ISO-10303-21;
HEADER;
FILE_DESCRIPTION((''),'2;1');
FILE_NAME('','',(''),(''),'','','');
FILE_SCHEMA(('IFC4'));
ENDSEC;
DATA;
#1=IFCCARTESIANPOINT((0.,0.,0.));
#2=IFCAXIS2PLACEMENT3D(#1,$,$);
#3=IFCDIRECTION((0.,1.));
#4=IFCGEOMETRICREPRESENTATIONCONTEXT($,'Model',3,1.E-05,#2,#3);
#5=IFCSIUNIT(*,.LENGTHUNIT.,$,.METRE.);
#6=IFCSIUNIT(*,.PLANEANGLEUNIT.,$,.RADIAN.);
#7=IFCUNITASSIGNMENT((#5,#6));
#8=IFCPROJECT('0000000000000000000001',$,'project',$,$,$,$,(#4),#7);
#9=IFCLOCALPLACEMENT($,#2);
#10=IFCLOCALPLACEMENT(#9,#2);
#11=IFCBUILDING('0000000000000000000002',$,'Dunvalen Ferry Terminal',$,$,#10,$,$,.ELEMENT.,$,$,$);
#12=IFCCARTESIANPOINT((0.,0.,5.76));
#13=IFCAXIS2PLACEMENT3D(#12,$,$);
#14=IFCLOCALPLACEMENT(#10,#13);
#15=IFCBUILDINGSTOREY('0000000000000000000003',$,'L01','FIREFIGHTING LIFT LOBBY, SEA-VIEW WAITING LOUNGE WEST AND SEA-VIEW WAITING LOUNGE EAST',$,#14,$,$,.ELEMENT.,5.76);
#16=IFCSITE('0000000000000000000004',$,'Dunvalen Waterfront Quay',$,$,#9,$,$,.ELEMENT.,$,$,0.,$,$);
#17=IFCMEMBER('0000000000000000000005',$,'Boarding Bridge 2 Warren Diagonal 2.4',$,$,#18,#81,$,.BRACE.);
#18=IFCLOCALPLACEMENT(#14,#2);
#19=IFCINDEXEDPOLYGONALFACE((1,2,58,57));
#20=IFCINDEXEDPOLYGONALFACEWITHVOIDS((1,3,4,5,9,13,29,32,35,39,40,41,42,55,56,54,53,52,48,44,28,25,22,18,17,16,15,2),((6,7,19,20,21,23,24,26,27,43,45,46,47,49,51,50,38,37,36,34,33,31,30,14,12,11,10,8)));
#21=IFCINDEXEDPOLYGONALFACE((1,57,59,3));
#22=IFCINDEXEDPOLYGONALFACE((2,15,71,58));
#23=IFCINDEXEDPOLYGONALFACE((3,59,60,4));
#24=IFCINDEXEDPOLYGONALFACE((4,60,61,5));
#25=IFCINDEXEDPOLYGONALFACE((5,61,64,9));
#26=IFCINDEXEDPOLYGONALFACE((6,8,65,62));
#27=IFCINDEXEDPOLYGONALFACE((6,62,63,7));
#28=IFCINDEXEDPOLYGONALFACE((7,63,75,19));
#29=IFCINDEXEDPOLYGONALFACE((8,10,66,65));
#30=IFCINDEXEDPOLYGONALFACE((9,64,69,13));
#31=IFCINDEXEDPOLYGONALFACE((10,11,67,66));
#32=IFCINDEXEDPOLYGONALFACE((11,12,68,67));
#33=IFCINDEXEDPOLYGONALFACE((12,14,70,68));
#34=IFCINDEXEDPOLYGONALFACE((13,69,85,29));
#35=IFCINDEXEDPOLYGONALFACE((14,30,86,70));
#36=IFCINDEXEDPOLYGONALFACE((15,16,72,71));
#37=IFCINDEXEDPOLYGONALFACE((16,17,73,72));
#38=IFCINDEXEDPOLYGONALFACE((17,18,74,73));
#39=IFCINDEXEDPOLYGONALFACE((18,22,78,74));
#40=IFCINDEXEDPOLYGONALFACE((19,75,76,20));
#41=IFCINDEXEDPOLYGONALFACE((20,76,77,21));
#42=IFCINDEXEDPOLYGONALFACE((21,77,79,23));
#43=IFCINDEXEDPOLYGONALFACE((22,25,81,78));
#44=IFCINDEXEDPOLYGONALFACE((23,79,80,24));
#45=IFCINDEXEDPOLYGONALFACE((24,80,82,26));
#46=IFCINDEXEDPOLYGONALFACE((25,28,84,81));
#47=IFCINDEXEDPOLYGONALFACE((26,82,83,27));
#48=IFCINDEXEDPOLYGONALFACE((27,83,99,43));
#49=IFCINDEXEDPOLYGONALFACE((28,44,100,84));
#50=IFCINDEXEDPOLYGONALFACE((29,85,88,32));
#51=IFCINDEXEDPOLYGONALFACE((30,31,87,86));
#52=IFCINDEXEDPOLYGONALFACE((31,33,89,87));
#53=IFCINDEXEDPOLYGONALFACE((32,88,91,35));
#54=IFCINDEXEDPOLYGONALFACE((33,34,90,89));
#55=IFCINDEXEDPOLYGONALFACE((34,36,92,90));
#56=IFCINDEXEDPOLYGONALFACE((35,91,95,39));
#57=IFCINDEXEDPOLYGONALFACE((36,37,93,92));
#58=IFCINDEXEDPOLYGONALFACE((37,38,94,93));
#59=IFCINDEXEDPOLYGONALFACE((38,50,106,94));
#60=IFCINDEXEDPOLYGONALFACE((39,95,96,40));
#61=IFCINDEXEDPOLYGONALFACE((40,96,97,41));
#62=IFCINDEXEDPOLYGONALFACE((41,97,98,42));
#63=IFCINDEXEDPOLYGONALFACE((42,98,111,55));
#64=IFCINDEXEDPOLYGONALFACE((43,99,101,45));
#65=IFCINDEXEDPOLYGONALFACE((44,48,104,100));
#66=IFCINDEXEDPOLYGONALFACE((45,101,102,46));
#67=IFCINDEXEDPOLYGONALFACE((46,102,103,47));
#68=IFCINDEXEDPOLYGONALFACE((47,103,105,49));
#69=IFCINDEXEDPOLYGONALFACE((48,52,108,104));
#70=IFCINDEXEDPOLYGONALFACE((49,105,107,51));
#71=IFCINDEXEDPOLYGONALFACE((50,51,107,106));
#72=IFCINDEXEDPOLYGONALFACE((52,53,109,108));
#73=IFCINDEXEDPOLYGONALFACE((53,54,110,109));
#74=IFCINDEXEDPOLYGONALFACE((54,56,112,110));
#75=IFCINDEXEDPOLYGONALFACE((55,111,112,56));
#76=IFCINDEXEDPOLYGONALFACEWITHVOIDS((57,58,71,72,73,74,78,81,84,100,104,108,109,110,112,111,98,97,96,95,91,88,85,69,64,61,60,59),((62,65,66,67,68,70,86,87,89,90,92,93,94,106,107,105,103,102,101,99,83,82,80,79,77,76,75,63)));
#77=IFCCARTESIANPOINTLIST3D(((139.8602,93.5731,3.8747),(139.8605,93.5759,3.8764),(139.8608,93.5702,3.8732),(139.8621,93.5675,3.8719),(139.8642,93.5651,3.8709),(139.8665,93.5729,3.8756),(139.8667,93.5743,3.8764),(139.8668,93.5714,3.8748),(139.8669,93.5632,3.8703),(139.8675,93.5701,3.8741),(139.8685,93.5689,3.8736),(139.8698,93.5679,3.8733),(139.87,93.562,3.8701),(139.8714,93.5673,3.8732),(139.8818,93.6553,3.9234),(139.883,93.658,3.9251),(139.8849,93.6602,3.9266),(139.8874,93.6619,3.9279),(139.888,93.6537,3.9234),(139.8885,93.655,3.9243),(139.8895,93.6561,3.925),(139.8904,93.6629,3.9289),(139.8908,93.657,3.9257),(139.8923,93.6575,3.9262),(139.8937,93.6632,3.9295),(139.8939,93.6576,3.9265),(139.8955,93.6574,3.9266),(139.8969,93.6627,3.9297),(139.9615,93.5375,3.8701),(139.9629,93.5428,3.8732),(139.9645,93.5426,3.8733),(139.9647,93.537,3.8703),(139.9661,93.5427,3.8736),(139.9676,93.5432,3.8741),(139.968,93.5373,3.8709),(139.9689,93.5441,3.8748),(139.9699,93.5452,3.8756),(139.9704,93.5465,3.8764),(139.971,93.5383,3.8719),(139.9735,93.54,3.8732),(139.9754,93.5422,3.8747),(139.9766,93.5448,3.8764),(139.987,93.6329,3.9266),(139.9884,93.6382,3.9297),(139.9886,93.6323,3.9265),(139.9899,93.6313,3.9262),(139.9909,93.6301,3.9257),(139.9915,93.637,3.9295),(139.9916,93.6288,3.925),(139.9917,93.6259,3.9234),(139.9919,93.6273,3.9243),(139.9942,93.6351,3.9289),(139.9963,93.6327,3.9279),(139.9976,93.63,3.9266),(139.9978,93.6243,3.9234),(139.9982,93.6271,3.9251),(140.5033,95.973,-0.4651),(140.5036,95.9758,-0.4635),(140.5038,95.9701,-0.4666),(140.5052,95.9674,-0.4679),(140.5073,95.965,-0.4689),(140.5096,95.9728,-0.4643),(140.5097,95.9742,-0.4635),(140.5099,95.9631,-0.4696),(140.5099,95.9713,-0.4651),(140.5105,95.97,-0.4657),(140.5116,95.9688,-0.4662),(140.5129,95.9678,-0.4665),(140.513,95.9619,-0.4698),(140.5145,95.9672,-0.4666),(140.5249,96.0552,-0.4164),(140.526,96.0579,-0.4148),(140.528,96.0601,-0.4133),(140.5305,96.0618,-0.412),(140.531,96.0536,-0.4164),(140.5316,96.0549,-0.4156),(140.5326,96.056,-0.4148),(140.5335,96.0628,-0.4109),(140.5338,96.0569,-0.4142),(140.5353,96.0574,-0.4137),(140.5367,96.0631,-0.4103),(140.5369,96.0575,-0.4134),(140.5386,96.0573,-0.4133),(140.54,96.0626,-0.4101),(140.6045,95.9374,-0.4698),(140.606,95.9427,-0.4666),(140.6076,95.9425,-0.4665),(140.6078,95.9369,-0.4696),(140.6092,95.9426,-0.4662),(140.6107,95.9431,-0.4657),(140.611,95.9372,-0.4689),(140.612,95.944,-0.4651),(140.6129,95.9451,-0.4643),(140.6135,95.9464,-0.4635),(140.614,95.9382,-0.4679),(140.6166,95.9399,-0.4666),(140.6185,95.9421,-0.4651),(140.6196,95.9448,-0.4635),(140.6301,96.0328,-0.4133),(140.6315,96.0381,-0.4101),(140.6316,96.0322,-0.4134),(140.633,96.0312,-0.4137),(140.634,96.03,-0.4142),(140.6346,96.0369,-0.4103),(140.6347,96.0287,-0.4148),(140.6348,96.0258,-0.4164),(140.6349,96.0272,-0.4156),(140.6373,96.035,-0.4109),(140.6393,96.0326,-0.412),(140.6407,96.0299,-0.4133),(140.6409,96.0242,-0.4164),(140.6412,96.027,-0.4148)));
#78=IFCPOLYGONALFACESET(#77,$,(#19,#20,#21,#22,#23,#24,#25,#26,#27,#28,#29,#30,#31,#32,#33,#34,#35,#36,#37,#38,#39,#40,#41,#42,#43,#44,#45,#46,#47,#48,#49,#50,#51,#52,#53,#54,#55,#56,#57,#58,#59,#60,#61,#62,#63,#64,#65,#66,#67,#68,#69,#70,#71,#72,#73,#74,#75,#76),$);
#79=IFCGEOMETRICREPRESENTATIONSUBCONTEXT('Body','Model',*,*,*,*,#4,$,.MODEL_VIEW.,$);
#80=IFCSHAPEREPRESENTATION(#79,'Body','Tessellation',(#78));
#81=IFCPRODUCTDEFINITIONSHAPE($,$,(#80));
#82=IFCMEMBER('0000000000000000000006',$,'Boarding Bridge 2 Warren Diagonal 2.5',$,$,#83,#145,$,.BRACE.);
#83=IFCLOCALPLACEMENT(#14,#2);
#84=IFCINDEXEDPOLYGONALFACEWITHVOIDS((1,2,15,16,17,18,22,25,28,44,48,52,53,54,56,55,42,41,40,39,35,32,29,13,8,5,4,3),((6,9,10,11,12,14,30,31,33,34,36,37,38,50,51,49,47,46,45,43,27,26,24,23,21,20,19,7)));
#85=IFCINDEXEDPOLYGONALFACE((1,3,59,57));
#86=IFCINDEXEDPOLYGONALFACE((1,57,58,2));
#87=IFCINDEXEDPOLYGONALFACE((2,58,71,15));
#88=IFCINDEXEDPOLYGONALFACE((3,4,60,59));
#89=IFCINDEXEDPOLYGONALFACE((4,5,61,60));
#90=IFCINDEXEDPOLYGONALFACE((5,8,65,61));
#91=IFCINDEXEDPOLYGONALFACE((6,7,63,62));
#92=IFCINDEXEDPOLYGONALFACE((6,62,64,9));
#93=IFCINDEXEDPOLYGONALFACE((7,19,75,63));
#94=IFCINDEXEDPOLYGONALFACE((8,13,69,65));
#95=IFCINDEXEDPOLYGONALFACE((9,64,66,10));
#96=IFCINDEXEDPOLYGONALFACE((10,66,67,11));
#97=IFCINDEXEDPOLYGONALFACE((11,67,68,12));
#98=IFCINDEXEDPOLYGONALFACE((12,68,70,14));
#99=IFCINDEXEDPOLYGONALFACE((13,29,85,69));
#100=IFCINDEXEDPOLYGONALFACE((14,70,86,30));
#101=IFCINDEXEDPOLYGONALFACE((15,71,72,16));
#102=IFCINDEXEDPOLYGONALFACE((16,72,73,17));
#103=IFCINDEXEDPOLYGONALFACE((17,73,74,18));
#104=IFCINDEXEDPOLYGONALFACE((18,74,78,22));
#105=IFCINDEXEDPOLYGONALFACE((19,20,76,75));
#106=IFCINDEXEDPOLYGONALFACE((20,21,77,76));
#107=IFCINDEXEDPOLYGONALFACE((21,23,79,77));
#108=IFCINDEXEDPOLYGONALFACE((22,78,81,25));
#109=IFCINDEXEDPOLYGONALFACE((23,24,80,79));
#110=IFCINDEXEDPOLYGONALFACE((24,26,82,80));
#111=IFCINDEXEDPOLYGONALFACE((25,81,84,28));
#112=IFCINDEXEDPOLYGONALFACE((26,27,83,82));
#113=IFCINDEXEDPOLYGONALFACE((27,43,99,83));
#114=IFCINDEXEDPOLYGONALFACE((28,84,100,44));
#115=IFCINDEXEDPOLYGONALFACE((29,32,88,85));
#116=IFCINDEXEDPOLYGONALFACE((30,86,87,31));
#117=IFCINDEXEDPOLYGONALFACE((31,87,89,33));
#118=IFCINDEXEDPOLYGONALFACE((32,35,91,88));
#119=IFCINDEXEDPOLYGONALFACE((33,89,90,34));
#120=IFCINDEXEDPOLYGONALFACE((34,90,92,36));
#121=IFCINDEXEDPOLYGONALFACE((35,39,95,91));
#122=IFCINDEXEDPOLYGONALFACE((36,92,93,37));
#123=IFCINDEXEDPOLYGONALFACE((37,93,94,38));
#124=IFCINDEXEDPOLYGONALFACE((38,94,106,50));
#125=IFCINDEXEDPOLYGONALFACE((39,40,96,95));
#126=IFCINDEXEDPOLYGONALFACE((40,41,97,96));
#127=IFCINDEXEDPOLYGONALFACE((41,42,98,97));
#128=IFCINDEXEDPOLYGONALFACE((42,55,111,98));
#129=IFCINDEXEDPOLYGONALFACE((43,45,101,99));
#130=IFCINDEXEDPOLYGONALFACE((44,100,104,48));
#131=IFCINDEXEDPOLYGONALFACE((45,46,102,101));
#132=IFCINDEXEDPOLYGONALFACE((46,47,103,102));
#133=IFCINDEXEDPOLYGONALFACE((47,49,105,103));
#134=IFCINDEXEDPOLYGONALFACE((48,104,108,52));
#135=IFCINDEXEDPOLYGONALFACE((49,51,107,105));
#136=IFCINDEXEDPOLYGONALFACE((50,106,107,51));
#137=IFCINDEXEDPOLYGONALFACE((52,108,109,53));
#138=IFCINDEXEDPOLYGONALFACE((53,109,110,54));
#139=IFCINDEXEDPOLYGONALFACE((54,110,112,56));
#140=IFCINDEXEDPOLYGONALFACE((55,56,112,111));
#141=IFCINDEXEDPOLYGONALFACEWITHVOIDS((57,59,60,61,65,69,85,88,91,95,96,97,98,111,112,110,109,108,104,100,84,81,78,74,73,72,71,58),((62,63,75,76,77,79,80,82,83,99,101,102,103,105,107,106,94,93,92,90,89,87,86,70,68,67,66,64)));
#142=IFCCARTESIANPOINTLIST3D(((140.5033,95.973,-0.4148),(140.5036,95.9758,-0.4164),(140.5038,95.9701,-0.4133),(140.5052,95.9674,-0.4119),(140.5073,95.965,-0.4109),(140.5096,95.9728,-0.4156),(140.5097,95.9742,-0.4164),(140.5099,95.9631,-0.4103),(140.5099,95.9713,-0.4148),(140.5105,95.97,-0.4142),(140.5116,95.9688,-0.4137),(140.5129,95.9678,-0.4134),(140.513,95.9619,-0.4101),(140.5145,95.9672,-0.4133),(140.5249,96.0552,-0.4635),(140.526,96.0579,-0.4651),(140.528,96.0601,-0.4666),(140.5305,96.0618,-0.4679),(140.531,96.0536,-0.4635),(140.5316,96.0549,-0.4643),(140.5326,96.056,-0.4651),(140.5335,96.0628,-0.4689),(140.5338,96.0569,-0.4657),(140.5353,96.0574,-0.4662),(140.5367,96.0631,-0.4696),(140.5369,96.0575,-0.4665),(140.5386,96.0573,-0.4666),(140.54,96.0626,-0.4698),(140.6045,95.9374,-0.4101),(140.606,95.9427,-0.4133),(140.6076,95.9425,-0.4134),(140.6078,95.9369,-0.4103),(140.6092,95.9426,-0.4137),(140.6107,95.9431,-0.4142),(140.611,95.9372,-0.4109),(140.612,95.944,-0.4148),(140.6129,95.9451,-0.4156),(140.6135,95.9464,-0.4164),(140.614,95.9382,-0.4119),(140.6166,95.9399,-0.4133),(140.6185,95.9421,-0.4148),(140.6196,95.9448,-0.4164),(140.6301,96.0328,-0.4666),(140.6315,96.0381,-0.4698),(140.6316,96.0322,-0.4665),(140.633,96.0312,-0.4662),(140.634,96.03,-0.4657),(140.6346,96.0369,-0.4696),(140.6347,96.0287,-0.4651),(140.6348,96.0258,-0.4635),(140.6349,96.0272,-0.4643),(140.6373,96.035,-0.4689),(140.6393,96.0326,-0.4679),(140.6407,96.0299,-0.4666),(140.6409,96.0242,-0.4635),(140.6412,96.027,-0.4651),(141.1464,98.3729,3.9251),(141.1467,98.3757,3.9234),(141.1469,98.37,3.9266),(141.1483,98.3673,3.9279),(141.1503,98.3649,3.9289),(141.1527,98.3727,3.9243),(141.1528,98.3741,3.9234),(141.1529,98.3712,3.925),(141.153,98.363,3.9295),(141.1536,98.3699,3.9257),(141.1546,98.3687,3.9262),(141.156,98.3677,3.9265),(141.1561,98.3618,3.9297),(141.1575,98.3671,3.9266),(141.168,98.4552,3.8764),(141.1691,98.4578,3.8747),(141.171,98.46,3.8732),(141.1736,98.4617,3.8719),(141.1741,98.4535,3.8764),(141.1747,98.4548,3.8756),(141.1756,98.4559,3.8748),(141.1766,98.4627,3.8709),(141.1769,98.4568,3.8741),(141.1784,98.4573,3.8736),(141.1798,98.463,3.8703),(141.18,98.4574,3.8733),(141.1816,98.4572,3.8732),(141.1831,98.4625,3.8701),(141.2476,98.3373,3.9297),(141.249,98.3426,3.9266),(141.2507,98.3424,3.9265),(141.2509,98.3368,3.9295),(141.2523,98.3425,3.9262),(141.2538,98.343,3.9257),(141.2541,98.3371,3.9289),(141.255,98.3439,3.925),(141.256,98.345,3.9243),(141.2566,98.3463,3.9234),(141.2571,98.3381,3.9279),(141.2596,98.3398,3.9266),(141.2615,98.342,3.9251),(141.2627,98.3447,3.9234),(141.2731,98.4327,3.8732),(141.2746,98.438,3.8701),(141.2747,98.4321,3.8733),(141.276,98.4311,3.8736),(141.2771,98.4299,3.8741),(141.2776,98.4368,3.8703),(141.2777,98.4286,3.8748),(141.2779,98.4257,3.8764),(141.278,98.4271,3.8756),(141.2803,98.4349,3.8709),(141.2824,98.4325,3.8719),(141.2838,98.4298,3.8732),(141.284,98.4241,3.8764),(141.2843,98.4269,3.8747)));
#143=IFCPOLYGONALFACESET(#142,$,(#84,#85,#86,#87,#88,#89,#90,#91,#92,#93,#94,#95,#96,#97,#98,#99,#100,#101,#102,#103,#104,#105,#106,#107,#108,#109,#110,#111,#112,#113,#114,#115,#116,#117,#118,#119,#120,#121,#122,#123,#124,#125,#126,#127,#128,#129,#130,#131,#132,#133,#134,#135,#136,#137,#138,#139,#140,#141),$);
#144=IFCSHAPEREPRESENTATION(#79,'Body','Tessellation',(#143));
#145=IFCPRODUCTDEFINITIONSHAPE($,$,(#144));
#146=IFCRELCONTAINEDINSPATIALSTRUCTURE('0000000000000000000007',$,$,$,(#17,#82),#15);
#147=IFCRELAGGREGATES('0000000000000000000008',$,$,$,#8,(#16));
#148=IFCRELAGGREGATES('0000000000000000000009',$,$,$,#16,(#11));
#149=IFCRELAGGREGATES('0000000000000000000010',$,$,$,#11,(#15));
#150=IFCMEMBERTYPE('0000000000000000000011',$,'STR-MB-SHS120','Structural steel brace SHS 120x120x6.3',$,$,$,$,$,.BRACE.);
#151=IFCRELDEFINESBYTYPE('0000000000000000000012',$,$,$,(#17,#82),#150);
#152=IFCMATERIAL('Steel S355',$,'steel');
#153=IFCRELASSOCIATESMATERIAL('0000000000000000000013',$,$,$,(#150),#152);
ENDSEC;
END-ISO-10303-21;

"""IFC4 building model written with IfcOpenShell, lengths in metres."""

from ifc_helpers import new_model, si_unit, direction, frame, origin, origin_2d, place, context, subcontext, project, spatial, hollow_rectangle, extrude, material, material_profile, profile_set, type_object, element, save


model = new_model("IFC4")

# Units and contexts
model_context = context("Model", 3, precision=1e-05, world=origin(), true_north=direction((0.0, 1.0)))
body_context = subcontext(model_context, "Body", "Model", "MODEL_VIEW")
ifc_project = project(units=[si_unit("LENGTHUNIT", "METRE"), si_unit("PLANEANGLEUNIT", "RADIAN")], contexts=[model_context])

# Site, building, storey
site_placement = place(None, origin())
site = spatial("IfcSite", under=ifc_project, at=site_placement, Name="Dunvalen Waterfront Quay", CompositionType="ELEMENT", RefElevation=0.0)
building_placement = place(site_placement, origin())
building = spatial("IfcBuilding", under=site, at=building_placement, Name="Dunvalen Ferry Terminal", CompositionType="ELEMENT")
storey_placement = place(building_placement, frame((0.0, 0.0, 5.76)))
storey = spatial("IfcBuildingStorey", under=building, at=storey_placement, Name="L01", Description="FIREFIGHTING LIFT LOBBY, SEA-VIEW WAITING LOUNGE WEST AND SEA-VIEW WAITING LOUNGE EAST", CompositionType="ELEMENT", Elevation=5.76)

# Shared definitions
ifc_material_1 = material(Name="Steel S355", Category="steel")

# Members
ifc_material_profile_1 = material_profile(ifc_material_1, hollow_rectangle(XDim=0.1201, YDim=0.1201, WallThickness=0.0063, InnerFilletRadius=0.0063, OuterFilletRadius=0.0127, at=origin_2d()), Name="Steel S355")
ifc_profile_set_1 = profile_set([ifc_material_profile_1], Name="Steel S355")
member_type_1 = type_object("IfcMemberType", Name="STR-MB-SHS120", Description="Structural steel brace SHS 120x120x6.3", PredefinedType="BRACE", material=ifc_profile_set_1)
for number, where, z_axis, x_axis, name in (
    (1, (139.9292, 93.6001, 3.8999), (0.128594, 0.47991, -0.867842), (-0.965924, 0.258824, 0.0), "Boarding Bridge 2 Warren Diagonal 2.4"),
    (2, (140.5723, 96.0, -0.4399), (0.128594, 0.47991, 0.867842), (-0.965924, 0.258824, 0.0), "Boarding Bridge 2 Warren Diagonal 2.5"),
):
    element("IfcMember", number, at=place(storey_placement, frame(where, z_axis=z_axis, x_axis=x_axis)), inside=storey, type_object=member_type_1, Name=name, PredefinedType="BRACE", context=body_context, shape_type="SweptSolid", body=[
        extrude(hollow_rectangle(XDim=0.1201, YDim=0.1201, WallThickness=0.0063, InnerFilletRadius=0.0063, OuterFilletRadius=0.0127, at=origin_2d()), origin(), (0.0, 0.0, 1.0), 5.0007),
    ])

save(model, "model.ifc")
